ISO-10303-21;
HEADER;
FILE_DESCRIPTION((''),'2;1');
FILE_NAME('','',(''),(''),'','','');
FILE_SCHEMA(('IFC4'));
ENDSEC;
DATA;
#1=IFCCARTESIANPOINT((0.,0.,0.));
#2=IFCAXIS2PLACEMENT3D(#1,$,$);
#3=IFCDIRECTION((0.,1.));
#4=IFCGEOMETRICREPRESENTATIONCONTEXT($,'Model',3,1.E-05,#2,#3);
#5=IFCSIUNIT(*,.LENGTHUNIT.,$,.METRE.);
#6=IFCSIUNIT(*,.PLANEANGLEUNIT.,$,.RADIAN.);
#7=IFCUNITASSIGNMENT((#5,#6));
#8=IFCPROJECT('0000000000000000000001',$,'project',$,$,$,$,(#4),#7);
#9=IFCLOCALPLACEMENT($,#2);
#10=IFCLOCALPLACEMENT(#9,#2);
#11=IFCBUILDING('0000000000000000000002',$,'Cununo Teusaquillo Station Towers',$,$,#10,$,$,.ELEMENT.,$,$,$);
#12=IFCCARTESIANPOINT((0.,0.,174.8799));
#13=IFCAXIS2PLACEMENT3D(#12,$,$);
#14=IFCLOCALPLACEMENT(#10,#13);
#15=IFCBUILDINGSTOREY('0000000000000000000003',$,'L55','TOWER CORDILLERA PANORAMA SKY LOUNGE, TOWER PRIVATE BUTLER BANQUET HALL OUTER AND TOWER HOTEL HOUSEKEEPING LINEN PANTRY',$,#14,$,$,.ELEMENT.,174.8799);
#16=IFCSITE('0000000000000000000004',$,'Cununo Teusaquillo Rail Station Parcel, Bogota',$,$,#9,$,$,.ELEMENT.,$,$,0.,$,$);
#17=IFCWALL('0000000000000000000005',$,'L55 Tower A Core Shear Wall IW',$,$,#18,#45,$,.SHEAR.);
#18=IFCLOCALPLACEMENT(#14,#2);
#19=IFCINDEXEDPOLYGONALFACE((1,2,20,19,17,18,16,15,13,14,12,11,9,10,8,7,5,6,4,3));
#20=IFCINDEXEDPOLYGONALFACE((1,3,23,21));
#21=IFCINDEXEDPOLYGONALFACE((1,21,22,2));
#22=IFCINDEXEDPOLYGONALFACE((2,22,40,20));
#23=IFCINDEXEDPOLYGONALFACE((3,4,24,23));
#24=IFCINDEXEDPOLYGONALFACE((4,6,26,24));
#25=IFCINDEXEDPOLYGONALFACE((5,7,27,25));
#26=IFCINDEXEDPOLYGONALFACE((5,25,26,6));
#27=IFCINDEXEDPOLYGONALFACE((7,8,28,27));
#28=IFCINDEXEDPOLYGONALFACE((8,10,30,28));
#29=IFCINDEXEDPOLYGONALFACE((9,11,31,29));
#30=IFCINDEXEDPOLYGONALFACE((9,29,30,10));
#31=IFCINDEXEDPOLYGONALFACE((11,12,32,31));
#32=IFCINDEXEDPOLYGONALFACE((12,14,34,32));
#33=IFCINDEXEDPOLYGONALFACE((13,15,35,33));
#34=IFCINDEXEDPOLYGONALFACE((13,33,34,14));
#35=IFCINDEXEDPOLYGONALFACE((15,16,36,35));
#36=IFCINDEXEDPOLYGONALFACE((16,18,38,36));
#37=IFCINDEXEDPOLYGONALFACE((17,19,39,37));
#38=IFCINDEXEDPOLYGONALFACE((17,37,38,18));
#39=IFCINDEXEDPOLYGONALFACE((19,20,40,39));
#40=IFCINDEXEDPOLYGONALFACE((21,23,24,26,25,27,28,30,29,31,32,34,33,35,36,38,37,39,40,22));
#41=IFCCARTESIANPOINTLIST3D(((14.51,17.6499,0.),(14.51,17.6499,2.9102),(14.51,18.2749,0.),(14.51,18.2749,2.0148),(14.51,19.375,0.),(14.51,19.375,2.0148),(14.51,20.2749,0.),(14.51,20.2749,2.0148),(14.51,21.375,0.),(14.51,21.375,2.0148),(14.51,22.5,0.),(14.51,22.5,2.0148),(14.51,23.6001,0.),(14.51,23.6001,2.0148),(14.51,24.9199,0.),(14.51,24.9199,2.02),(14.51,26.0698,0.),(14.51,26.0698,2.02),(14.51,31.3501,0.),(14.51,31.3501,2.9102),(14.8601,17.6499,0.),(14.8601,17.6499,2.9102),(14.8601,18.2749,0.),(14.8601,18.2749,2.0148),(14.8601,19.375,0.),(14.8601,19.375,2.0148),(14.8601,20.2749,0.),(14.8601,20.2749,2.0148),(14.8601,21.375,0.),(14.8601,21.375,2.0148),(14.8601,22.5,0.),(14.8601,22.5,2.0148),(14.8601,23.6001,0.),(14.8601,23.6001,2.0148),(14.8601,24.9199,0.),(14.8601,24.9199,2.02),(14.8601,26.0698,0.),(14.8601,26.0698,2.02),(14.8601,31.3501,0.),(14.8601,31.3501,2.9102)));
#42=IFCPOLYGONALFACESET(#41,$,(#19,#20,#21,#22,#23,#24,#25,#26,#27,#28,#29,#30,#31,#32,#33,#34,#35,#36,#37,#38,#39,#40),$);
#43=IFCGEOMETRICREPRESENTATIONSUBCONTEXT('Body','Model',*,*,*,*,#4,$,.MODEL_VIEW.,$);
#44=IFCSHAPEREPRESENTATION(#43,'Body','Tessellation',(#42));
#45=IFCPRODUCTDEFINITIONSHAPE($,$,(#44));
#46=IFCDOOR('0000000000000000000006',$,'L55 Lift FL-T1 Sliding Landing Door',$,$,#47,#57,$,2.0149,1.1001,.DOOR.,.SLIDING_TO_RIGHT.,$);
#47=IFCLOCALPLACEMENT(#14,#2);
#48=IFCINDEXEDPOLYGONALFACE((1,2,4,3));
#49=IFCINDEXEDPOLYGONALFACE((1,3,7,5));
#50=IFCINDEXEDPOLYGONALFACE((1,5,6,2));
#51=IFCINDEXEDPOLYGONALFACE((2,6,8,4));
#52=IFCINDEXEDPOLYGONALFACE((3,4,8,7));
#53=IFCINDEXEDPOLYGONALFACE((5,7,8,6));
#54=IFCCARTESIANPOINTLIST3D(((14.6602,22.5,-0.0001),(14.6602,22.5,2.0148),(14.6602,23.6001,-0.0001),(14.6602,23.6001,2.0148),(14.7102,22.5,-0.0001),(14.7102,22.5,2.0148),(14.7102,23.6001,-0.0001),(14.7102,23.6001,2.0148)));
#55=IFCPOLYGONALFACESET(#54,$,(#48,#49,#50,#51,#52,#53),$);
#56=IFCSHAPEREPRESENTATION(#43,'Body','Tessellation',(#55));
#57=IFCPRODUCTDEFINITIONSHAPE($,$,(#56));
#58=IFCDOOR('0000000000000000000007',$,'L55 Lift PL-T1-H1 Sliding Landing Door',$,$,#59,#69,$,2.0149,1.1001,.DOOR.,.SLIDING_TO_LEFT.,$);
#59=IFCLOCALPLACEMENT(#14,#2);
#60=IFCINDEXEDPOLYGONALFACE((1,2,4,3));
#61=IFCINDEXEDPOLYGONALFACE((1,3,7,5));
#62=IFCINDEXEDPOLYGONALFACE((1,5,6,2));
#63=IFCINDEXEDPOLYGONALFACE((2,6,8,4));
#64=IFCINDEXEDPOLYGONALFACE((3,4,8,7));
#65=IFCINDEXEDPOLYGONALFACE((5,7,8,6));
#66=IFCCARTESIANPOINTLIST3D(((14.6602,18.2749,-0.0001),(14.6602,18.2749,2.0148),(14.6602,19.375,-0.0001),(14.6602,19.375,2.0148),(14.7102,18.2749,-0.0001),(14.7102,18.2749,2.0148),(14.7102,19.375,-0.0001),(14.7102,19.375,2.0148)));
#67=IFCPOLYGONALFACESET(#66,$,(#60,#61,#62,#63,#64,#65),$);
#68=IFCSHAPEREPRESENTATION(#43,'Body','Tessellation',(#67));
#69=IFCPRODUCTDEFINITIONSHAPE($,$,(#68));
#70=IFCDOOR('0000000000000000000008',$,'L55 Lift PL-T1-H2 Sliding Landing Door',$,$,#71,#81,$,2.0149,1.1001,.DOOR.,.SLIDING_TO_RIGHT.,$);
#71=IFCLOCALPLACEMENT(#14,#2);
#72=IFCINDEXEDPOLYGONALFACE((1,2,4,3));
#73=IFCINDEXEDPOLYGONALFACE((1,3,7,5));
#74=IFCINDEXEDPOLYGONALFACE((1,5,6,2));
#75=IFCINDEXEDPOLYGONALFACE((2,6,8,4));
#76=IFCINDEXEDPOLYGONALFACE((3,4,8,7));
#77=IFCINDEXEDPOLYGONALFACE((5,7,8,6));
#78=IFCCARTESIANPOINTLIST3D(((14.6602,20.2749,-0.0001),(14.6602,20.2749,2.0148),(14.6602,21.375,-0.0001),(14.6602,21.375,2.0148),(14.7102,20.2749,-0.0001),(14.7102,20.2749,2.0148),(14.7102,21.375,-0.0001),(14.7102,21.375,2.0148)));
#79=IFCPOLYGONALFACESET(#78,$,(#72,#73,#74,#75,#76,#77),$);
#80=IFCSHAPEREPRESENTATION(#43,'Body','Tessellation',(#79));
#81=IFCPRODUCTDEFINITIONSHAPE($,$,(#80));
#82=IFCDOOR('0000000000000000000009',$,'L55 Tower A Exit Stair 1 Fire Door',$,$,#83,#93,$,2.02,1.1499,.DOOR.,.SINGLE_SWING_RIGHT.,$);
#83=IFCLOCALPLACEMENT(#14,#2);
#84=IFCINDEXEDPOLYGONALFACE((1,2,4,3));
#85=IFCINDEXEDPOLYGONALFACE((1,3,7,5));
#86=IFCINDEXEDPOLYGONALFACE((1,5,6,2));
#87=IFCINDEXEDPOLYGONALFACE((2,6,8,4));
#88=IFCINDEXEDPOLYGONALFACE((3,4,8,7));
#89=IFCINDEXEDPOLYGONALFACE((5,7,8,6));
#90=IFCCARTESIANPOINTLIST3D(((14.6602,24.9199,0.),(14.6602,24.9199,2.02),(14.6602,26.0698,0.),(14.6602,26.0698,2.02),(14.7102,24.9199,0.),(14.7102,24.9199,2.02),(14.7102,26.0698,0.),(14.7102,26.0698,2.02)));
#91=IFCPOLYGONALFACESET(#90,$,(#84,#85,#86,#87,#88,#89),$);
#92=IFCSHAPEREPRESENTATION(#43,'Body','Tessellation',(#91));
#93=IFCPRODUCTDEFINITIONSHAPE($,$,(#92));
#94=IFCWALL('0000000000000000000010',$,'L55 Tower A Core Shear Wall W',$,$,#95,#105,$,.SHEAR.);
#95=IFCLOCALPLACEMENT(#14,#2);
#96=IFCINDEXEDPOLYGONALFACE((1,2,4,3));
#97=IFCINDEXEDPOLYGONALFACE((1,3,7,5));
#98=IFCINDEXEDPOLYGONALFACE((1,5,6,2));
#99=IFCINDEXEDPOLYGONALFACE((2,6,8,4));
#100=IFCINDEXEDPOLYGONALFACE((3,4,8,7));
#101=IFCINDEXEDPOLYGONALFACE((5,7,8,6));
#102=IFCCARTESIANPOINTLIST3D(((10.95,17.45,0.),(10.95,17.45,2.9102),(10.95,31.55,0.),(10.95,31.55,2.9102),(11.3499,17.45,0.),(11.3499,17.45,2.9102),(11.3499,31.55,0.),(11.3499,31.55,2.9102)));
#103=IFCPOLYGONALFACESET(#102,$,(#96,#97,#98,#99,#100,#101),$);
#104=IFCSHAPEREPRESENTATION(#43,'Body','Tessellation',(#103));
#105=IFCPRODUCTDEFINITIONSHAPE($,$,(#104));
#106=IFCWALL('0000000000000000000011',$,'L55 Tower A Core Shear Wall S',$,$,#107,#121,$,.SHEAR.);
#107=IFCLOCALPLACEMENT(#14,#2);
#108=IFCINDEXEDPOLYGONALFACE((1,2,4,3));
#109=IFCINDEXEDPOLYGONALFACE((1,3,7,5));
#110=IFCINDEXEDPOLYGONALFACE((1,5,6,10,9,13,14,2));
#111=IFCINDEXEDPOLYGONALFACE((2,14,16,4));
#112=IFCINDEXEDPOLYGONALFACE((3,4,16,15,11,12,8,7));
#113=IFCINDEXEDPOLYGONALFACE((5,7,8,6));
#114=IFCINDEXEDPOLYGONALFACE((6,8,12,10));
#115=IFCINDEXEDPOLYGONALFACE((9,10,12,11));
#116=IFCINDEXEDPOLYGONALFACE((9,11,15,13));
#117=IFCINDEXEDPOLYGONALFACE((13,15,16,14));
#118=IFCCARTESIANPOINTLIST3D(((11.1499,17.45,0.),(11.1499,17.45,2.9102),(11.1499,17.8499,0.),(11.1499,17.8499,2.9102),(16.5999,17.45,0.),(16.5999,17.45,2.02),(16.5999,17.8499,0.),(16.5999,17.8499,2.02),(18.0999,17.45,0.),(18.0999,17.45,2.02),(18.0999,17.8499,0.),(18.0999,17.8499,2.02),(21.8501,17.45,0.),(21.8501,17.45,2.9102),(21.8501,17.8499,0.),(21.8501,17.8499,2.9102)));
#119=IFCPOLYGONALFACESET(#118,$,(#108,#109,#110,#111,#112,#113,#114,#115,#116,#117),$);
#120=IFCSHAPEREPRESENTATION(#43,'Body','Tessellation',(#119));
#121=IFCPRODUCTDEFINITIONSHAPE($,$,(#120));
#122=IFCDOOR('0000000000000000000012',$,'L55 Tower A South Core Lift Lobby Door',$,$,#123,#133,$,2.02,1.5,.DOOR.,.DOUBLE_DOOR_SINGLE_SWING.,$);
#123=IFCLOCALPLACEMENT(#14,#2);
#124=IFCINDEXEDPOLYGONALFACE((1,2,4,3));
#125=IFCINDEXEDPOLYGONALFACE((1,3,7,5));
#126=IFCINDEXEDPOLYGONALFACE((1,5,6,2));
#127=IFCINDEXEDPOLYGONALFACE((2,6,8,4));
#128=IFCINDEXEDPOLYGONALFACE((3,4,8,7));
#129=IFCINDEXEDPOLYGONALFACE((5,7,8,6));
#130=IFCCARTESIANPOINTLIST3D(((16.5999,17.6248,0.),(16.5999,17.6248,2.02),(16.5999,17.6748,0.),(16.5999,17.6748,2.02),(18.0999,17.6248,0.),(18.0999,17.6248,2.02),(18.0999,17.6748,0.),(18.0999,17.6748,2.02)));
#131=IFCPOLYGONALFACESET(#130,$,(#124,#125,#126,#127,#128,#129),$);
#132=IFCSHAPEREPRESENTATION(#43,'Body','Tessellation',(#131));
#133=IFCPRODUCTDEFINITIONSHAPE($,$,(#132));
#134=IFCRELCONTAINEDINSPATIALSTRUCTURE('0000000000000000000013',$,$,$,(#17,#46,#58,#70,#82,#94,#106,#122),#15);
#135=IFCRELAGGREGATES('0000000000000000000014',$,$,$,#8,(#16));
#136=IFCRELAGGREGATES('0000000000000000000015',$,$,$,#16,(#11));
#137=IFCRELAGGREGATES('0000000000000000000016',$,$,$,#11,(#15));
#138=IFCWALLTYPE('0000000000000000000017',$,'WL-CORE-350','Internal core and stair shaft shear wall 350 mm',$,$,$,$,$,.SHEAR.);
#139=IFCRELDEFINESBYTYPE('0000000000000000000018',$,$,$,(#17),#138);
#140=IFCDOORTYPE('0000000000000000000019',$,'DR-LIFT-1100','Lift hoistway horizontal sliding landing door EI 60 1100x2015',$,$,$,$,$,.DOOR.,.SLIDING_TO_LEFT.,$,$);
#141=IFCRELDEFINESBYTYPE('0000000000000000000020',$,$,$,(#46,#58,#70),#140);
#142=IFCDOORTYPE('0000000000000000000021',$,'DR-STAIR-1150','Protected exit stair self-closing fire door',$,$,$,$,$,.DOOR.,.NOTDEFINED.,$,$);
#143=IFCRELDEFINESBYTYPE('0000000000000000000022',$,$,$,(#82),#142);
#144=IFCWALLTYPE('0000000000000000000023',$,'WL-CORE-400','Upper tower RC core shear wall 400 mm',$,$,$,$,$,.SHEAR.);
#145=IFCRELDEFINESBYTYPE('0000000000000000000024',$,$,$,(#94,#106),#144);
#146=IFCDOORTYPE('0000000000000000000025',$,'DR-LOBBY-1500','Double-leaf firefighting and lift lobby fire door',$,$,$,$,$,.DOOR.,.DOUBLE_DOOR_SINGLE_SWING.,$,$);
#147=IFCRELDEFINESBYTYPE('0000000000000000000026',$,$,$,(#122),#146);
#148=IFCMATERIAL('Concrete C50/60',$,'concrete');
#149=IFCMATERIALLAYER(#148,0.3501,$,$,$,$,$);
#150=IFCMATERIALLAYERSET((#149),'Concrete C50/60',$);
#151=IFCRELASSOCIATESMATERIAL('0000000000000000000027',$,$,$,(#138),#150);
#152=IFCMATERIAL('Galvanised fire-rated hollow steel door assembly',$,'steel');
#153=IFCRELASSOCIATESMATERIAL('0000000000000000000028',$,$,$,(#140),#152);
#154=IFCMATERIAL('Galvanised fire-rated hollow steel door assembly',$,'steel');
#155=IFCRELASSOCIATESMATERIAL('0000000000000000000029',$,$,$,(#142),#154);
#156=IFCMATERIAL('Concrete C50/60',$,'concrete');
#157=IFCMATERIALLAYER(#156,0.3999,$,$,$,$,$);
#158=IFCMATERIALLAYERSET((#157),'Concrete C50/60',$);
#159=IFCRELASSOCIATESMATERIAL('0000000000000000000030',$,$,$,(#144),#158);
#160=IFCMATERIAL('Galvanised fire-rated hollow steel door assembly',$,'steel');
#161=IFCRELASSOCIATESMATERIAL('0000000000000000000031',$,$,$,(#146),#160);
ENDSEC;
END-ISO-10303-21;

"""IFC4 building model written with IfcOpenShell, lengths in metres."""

from ifc_helpers import new_model, si_unit, direction, frame, frame_2d, origin, place, context, subcontext, project, spatial, rectangle, extrude, source, transform, mapped, material, layer, layer_set, type_object, element, fill, save


model = new_model("IFC4")

# Units and contexts
model_context = context("Model", 3, precision=1e-05, world=origin(), true_north=direction((0.0, 1.0)))
body_context = subcontext(model_context, "Body", "Model", "MODEL_VIEW")
ifc_project = project(units=[si_unit("LENGTHUNIT", "METRE"), si_unit("PLANEANGLEUNIT", "RADIAN")], contexts=[model_context])

# Site, building, storey
site_placement = place(None, origin())
site = spatial("IfcSite", under=ifc_project, at=site_placement, Name="Cununo Teusaquillo Rail Station Parcel, Bogota", CompositionType="ELEMENT", RefElevation=0.0)
building_placement = place(site_placement, origin())
building = spatial("IfcBuilding", under=site, at=building_placement, Name="Cununo Teusaquillo Station Towers", CompositionType="ELEMENT")
storey_placement = place(building_placement, frame((0.0, 0.0, 174.8799)))
storey = spatial("IfcBuildingStorey", under=building, at=storey_placement, Name="L55", Description="TOWER CORDILLERA PANORAMA SKY LOUNGE, TOWER PRIVATE BUTLER BANQUET HALL OUTER AND TOWER HOTEL HOUSEKEEPING LINEN PANTRY", CompositionType="ELEMENT", Elevation=174.8799)

# Wall, openings, doors
ifc_material_1 = material(Name="Concrete C50/60", Category="concrete")
ifc_layer_1 = layer(ifc_material_1, 0.3501)
ifc_layer_set_1 = layer_set([ifc_layer_1], Name="Concrete C50/60")
wall_type_1 = type_object("IfcWallType", Name="WL-CORE-350", Description="Internal core and stair shaft shear wall 350 mm", PredefinedType="SHEAR", material=ifc_layer_set_1)
wall_1_placement = place(storey_placement, frame((14.6851, 17.6499, 0.0), z_axis=(0.0, 0.0, 1.0), x_axis=(0.0, 1.0, 0.0)))
wall_1 = element("IfcWall", 1, at=wall_1_placement, inside=storey, type_object=wall_type_1, Name="L55 Tower A Core Shear Wall IW", PredefinedType="SHEAR", context=body_context, shape_type="SweptSolid", body=[
    extrude(rectangle(XDim=13.7002, YDim=0.3501, at=frame_2d((6.8501, 0.0))), origin(), (0.0, 0.0, 1.0), 2.9102),
])
shared_shape_1 = source(origin(), body_context, "Body", "SweptSolid", [
    extrude(rectangle(XDim=1.1001, YDim=2.0149, at=frame_2d((0.55, 1.0073))), frame((0.0, 0.1851, 0.0), z_axis=(0.0, -1.0, 0.0), x_axis=(1.0, 0.0, 0.0)), (0.0, 0.0, 1.0), 0.3701),
])
opening_1_placement = place(wall_1_placement, frame((4.8501, 0.0, 0.0)))
opening_1 = element("IfcOpeningElement", 2, at=opening_1_placement, cuts=wall_1, PredefinedType="OPENING", context=body_context, shape_type="MappedRepresentation", body=[
    mapped(shared_shape_1, transform((0.0, 0.0, 0.0), x_axis=(1.0, 0.0, 0.0), y_axis=(0.0, 1.0, 0.0), z_axis=(0.0, 0.0, 1.0), scale=1.0)),
])
opening_2_placement = place(wall_1_placement, frame((0.625, 0.0, 0.0)))
opening_2 = element("IfcOpeningElement", 3, at=opening_2_placement, cuts=wall_1, PredefinedType="OPENING", context=body_context, shape_type="MappedRepresentation", body=[
    mapped(shared_shape_1, transform((0.0, 0.0, 0.0), x_axis=(1.0, 0.0, 0.0), y_axis=(0.0, 1.0, 0.0), z_axis=(0.0, 0.0, 1.0), scale=1.0)),
])
opening_3_placement = place(wall_1_placement, frame((2.625, 0.0, 0.0)))
opening_3 = element("IfcOpeningElement", 4, at=opening_3_placement, cuts=wall_1, PredefinedType="OPENING", context=body_context, shape_type="MappedRepresentation", body=[
    mapped(shared_shape_1, transform((0.0, 0.0, 0.0), x_axis=(1.0, 0.0, 0.0), y_axis=(0.0, 1.0, 0.0), z_axis=(0.0, 0.0, 1.0), scale=1.0)),
])
shared_shape_2 = source(origin(), body_context, "Body", "SweptSolid", [
    extrude(rectangle(XDim=1.1499, YDim=2.02, at=frame_2d((0.575, 1.01))), frame((0.0, 0.1851, 0.0), z_axis=(0.0, -1.0, 0.0), x_axis=(1.0, 0.0, 0.0)), (0.0, 0.0, 1.0), 0.3701),
])
opening_4_placement = place(wall_1_placement, frame((7.27, 0.0, 0.0)))
opening_4 = element("IfcOpeningElement", 5, at=opening_4_placement, cuts=wall_1, PredefinedType="OPENING", context=body_context, shape_type="MappedRepresentation", body=[
    mapped(shared_shape_2, transform((0.0, 0.0, 0.0), x_axis=(1.0, 0.0, 0.0), y_axis=(0.0, 1.0, 0.0), z_axis=(0.0, 0.0, 1.0), scale=1.0)),
])
ifc_material_2 = material(Name="Galvanised fire-rated hollow steel door assembly", Category="steel")
door_type_1 = type_object("IfcDoorType", Name="DR-LIFT-1100", Description="Lift hoistway horizontal sliding landing door EI 60 1100x2015", OperationType="SLIDING_TO_LEFT", PredefinedType="DOOR", material=ifc_material_2)
shared_shape_3 = source(origin(), body_context, "Body", "SweptSolid", [
    extrude(rectangle(XDim=1.1001, YDim=2.0149, at=frame_2d((0.55, 1.0073))), frame((0.0, 0.0249, 0.0), z_axis=(0.0, -1.0, 0.0), x_axis=(1.0, 0.0, 0.0)), (0.0, 0.0, 1.0), 0.05),
])
door_1_placement = place(opening_1_placement, origin())
door_1 = element("IfcDoor", 6, at=door_1_placement, inside=storey, type_object=door_type_1, Name="L55 Lift FL-T1 Sliding Landing Door", OperationType="SLIDING_TO_RIGHT", OverallHeight=2.0149, OverallWidth=1.1001, PredefinedType="DOOR", context=body_context, shape_type="MappedRepresentation", body=[
    mapped(shared_shape_3, transform((0.0, 0.0, 0.0), x_axis=(1.0, 0.0, 0.0), y_axis=(0.0, 1.0, 0.0), z_axis=(0.0, 0.0, 1.0), scale=1.0)),
])
fill(opening_1, door_1)
door_2_placement = place(opening_2_placement, origin())
door_2 = element("IfcDoor", 7, at=door_2_placement, inside=storey, type_object=door_type_1, Name="L55 Lift PL-T1-H1 Sliding Landing Door", OperationType="SLIDING_TO_LEFT", OverallHeight=2.0149, OverallWidth=1.1001, PredefinedType="DOOR", context=body_context, shape_type="MappedRepresentation", body=[
    mapped(shared_shape_3, transform((0.0, 0.0, 0.0), x_axis=(1.0, 0.0, 0.0), y_axis=(0.0, 1.0, 0.0), z_axis=(0.0, 0.0, 1.0), scale=1.0)),
])
fill(opening_2, door_2)
door_3_placement = place(opening_3_placement, origin())
door_3 = element("IfcDoor", 8, at=door_3_placement, inside=storey, type_object=door_type_1, Name="L55 Lift PL-T1-H2 Sliding Landing Door", OperationType="SLIDING_TO_RIGHT", OverallHeight=2.0149, OverallWidth=1.1001, PredefinedType="DOOR", context=body_context, shape_type="MappedRepresentation", body=[
    mapped(shared_shape_3, transform((0.0, 0.0, 0.0), x_axis=(1.0, 0.0, 0.0), y_axis=(0.0, 1.0, 0.0), z_axis=(0.0, 0.0, 1.0), scale=1.0)),
])
fill(opening_3, door_3)
ifc_material_3 = material(Name="Galvanised fire-rated hollow steel door assembly", Category="steel")
door_type_2 = type_object("IfcDoorType", Name="DR-STAIR-1150", Description="Protected exit stair self-closing fire door", OperationType="NOTDEFINED", PredefinedType="DOOR", material=ifc_material_3)
shared_shape_4 = source(origin(), body_context, "Body", "SweptSolid", [
    extrude(rectangle(XDim=1.1499, YDim=2.02, at=frame_2d((0.575, 1.01))), frame((0.0, 0.0249, 0.0), z_axis=(0.0, -1.0, 0.0), x_axis=(1.0, 0.0, 0.0)), (0.0, 0.0, 1.0), 0.05),
])
door_4_placement = place(opening_4_placement, origin())
door_4 = element("IfcDoor", 9, at=door_4_placement, inside=storey, type_object=door_type_2, Name="L55 Tower A Exit Stair 1 Fire Door", OperationType="SINGLE_SWING_RIGHT", OverallHeight=2.02, OverallWidth=1.1499, PredefinedType="DOOR", context=body_context, shape_type="MappedRepresentation", body=[
    mapped(shared_shape_4, transform((0.0, 0.0, 0.0), x_axis=(1.0, 0.0, 0.0), y_axis=(0.0, 1.0, 0.0), z_axis=(0.0, 0.0, 1.0), scale=1.0)),
])
fill(opening_4, door_4)

# Wall
ifc_material_4 = material(Name="Concrete C50/60", Category="concrete")
ifc_layer_2 = layer(ifc_material_4, 0.3999)
ifc_layer_set_2 = layer_set([ifc_layer_2], Name="Concrete C50/60")
wall_type_2 = type_object("IfcWallType", Name="WL-CORE-400", Description="Upper tower RC core shear wall 400 mm", PredefinedType="SHEAR", material=ifc_layer_set_2)
wall_2_placement = place(storey_placement, frame((11.1499, 17.45, 0.0), z_axis=(0.0, 0.0, 1.0), x_axis=(0.0, 1.0, 0.0)))
element("IfcWall", 10, at=wall_2_placement, inside=storey, type_object=wall_type_2, Name="L55 Tower A Core Shear Wall W", PredefinedType="SHEAR", context=body_context, shape_type="SweptSolid", body=[
    extrude(rectangle(XDim=14.1001, YDim=0.3999, at=frame_2d((7.05, 0.0))), origin(), (0.0, 0.0, 1.0), 2.9102),
])

# Wall, opening, door
wall_3_placement = place(storey_placement, frame((11.1499, 17.6499, 0.0), z_axis=(0.0, 0.0, 1.0), x_axis=(1.0, 0.0, 0.0)))
wall_3 = element("IfcWall", 11, at=wall_3_placement, inside=storey, type_object=wall_type_2, Name="L55 Tower A Core Shear Wall S", PredefinedType="SHEAR", context=body_context, shape_type="SweptSolid", body=[
    extrude(rectangle(XDim=10.7002, YDim=0.3999, at=frame_2d((5.3501, 0.0))), origin(), (0.0, 0.0, 1.0), 2.9102),
])
shared_shape_5 = source(origin(), body_context, "Body", "SweptSolid", [
    extrude(rectangle(XDim=1.5, YDim=2.02, at=frame_2d((0.75, 1.01))), frame((0.0, 0.21, 0.0), z_axis=(0.0, -1.0, 0.0), x_axis=(1.0, 0.0, 0.0)), (0.0, 0.0, 1.0), 0.4199),
])
opening_5_placement = place(wall_3_placement, frame((5.45, 0.0, 0.0)))
opening_5 = element("IfcOpeningElement", 12, at=opening_5_placement, cuts=wall_3, PredefinedType="OPENING", context=body_context, shape_type="MappedRepresentation", body=[
    mapped(shared_shape_5, transform((0.0, 0.0, 0.0), x_axis=(1.0, 0.0, 0.0), y_axis=(0.0, 1.0, 0.0), z_axis=(0.0, 0.0, 1.0), scale=1.0)),
])
ifc_material_5 = material(Name="Galvanised fire-rated hollow steel door assembly", Category="steel")
door_type_3 = type_object("IfcDoorType", Name="DR-LOBBY-1500", Description="Double-leaf firefighting and lift lobby fire door", OperationType="DOUBLE_DOOR_SINGLE_SWING", PredefinedType="DOOR", material=ifc_material_5)
shared_shape_6 = source(origin(), body_context, "Body", "SweptSolid", [
    extrude(rectangle(XDim=1.5, YDim=2.02, at=frame_2d((0.75, 1.01))), frame((0.0, 0.0249, 0.0), z_axis=(0.0, -1.0, 0.0), x_axis=(1.0, 0.0, 0.0)), (0.0, 0.0, 1.0), 0.05),
])
door_5_placement = place(opening_5_placement, origin())
door_5 = element("IfcDoor", 13, at=door_5_placement, inside=storey, type_object=door_type_3, Name="L55 Tower A South Core Lift Lobby Door", OperationType="DOUBLE_DOOR_SINGLE_SWING", OverallHeight=2.02, OverallWidth=1.5, PredefinedType="DOOR", context=body_context, shape_type="MappedRepresentation", body=[
    mapped(shared_shape_6, transform((0.0, 0.0, 0.0), x_axis=(1.0, 0.0, 0.0), y_axis=(0.0, 1.0, 0.0), z_axis=(0.0, 0.0, 1.0), scale=1.0)),
])
fill(opening_5, door_5)

save(model, "model.ifc")
